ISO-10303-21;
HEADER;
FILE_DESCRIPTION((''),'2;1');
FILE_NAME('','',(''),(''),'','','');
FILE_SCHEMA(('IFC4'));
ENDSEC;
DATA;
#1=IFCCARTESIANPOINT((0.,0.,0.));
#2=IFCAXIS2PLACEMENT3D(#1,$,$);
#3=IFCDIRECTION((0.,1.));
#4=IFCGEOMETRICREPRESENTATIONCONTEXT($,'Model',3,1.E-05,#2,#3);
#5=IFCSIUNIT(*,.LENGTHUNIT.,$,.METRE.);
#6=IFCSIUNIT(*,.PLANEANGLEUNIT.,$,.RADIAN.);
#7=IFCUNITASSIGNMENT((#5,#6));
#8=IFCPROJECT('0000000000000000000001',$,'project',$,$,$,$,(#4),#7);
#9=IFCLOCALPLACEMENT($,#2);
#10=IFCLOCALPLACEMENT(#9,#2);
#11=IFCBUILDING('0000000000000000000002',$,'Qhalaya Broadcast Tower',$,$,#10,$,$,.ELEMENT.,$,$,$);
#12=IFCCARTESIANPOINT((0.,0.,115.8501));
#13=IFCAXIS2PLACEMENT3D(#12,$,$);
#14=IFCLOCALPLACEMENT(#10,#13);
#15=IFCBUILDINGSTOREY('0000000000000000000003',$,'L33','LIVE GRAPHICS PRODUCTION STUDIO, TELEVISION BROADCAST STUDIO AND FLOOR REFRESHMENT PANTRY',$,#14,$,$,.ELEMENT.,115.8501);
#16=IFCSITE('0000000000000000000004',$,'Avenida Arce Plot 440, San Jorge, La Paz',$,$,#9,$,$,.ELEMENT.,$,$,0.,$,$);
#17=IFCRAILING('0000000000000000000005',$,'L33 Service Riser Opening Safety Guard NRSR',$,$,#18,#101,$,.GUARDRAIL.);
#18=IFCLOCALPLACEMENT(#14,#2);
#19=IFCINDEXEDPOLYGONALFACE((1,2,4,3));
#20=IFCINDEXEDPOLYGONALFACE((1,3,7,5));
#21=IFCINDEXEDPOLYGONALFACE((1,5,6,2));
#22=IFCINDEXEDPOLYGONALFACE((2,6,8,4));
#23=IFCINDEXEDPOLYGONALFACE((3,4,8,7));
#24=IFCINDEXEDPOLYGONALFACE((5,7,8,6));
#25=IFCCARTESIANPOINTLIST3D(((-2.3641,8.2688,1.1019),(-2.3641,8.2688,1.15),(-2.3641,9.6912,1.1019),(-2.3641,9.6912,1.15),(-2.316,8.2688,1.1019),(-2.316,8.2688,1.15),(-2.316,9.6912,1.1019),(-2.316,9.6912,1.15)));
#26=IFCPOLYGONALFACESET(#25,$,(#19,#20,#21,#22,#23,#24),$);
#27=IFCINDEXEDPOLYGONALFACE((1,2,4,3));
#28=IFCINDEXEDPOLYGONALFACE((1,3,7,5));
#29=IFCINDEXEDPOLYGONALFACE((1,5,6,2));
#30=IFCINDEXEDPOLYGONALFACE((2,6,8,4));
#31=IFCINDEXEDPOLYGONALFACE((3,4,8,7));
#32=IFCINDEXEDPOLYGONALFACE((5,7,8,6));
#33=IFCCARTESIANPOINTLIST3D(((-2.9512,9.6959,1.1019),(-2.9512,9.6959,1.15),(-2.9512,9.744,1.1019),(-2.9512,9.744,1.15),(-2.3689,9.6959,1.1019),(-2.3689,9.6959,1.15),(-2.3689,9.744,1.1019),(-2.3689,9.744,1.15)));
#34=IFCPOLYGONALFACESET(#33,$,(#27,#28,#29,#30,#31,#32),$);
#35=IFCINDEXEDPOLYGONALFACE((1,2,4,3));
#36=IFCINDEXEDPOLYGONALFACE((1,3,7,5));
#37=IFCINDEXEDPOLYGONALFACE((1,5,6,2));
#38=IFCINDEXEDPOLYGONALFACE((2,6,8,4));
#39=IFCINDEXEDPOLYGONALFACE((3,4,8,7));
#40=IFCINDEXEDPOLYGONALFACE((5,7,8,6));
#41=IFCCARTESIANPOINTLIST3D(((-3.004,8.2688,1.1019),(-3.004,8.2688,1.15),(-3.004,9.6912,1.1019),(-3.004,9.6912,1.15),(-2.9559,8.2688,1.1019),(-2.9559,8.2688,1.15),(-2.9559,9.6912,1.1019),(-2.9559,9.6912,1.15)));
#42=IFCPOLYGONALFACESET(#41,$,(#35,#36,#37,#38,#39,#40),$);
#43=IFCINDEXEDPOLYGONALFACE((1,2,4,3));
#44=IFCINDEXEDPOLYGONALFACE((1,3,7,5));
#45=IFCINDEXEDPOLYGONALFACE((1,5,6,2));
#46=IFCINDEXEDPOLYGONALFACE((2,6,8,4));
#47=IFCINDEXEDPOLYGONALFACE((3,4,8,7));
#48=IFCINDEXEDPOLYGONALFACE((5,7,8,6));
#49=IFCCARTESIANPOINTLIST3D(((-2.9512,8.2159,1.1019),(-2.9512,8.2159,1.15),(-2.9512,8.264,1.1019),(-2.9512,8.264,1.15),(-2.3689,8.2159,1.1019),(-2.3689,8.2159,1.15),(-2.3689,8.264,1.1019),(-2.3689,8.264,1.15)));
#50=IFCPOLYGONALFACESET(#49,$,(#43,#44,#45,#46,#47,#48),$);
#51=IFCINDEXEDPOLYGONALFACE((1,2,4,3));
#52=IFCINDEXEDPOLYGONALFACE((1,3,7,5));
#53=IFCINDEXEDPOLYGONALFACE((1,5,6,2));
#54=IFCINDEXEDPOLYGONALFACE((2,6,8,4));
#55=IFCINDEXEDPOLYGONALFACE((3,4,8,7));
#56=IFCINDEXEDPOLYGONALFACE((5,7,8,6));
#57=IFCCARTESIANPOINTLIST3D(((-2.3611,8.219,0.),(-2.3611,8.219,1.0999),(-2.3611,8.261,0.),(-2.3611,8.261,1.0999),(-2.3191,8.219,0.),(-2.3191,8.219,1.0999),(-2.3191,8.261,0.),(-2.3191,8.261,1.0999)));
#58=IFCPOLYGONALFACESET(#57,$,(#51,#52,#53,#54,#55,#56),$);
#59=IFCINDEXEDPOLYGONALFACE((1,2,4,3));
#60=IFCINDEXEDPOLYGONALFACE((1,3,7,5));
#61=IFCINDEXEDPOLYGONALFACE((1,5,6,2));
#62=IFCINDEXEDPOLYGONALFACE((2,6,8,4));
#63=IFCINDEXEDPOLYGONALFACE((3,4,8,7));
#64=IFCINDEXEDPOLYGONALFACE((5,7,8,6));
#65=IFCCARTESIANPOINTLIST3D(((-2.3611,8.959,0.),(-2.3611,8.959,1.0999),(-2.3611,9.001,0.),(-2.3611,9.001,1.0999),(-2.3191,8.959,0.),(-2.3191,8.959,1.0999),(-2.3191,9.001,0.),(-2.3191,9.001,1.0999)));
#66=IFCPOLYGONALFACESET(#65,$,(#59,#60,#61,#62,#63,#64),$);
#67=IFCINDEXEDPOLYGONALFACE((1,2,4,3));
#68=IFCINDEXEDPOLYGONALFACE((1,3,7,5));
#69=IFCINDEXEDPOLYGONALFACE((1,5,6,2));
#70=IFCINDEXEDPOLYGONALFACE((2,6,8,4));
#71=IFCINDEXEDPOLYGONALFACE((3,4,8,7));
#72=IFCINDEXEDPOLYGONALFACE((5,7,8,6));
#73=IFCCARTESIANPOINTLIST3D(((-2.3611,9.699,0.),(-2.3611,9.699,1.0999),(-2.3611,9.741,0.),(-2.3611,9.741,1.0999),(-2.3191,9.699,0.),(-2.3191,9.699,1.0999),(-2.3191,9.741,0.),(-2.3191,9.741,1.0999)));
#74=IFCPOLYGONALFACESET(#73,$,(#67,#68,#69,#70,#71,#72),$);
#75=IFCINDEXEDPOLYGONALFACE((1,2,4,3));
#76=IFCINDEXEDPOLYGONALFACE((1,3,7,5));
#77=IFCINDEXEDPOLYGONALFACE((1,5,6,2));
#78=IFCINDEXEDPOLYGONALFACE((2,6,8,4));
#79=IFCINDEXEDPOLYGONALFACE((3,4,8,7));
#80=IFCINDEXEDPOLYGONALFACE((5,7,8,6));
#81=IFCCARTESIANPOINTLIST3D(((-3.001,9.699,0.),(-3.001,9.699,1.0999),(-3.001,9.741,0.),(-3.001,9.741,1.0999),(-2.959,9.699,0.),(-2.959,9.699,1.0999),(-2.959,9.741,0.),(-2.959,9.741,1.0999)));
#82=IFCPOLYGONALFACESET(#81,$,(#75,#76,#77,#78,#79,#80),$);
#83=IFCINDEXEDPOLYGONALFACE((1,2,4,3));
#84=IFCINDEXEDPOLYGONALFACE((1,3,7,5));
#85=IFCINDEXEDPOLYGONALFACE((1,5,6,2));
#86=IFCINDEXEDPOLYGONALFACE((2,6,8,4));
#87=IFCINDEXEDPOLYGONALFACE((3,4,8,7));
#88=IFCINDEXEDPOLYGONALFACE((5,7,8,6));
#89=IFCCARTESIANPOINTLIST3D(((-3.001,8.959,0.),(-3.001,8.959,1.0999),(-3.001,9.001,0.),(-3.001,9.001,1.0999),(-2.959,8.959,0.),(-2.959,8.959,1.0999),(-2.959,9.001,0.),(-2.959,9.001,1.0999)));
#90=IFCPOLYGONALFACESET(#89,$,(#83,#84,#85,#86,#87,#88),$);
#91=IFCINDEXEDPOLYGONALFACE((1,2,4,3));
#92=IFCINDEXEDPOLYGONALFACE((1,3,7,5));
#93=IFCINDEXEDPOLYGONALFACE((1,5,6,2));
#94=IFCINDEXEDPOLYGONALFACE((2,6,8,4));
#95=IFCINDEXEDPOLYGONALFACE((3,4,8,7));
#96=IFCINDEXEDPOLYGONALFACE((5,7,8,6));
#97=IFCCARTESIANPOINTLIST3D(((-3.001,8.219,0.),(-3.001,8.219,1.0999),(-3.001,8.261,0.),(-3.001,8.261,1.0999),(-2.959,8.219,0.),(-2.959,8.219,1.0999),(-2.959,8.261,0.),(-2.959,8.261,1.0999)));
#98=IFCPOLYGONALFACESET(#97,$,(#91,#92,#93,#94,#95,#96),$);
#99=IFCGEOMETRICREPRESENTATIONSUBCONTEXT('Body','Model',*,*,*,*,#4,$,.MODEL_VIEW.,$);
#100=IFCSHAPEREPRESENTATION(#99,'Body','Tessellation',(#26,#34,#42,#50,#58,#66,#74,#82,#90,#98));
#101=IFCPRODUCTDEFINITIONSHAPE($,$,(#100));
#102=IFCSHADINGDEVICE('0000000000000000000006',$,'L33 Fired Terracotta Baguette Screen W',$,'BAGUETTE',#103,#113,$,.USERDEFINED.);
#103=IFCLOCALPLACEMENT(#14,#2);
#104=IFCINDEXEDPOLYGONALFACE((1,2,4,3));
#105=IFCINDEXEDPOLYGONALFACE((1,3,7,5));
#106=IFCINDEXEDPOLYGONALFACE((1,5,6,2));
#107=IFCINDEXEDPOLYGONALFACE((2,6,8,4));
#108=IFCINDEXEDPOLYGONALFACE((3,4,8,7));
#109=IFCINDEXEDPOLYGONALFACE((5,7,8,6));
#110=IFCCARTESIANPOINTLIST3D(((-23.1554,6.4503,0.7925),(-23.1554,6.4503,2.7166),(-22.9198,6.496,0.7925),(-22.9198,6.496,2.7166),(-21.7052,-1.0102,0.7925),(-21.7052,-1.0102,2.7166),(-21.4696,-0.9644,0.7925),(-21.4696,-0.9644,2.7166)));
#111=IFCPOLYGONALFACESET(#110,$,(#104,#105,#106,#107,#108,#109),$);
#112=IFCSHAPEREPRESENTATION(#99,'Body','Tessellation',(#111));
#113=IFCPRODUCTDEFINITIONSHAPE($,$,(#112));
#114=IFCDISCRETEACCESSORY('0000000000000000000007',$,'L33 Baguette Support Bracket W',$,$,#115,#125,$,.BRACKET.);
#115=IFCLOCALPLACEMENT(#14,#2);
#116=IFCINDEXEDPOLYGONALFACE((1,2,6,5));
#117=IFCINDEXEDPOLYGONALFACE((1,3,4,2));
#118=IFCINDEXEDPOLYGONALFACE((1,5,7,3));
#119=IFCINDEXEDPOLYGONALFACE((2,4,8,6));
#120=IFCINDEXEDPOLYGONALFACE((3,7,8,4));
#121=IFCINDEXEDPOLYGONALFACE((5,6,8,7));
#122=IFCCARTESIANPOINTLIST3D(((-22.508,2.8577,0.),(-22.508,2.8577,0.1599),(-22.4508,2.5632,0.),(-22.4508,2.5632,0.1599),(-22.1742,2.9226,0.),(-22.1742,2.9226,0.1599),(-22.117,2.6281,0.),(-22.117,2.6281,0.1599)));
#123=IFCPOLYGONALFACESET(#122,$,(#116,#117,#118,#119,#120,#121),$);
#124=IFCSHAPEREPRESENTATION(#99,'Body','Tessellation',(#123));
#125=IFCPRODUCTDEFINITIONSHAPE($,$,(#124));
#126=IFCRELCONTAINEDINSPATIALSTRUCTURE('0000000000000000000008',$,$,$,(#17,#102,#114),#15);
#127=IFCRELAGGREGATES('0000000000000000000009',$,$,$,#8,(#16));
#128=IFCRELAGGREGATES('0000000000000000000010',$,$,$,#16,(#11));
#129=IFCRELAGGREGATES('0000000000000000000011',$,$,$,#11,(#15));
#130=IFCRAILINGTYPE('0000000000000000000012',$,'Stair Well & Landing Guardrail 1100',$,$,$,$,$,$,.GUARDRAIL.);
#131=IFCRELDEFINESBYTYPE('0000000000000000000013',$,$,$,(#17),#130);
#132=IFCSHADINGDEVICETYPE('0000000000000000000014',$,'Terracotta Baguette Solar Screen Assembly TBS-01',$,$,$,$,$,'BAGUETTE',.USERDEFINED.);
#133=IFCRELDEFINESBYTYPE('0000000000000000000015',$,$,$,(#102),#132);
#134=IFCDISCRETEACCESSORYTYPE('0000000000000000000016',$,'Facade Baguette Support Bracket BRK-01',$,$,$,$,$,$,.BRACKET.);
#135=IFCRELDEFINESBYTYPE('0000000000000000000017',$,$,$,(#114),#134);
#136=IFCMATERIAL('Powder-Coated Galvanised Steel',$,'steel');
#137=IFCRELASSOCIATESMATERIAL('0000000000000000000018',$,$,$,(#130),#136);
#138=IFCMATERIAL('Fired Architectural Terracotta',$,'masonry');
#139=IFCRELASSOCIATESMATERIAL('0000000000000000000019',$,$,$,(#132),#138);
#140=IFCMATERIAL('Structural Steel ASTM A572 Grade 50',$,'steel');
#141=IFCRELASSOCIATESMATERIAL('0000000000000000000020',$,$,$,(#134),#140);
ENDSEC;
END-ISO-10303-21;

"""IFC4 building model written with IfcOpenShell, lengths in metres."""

from ifc_helpers import new_model, si_unit, direction, frame, origin, origin_2d, place, context, subcontext, project, spatial, rectangle, extrude, material, type_object, element, save


model = new_model("IFC4")

# Units and contexts
model_context = context("Model", 3, precision=1e-05, world=origin(), true_north=direction((0.0, 1.0)))
body_context = subcontext(model_context, "Body", "Model", "MODEL_VIEW")
ifc_project = project(units=[si_unit("LENGTHUNIT", "METRE"), si_unit("PLANEANGLEUNIT", "RADIAN")], contexts=[model_context])

# Site, building, storey
site_placement = place(None, origin())
site = spatial("IfcSite", under=ifc_project, at=site_placement, Name="Avenida Arce Plot 440, San Jorge, La Paz", CompositionType="ELEMENT", RefElevation=0.0)
building_placement = place(site_placement, origin())
building = spatial("IfcBuilding", under=site, at=building_placement, Name="Qhalaya Broadcast Tower", CompositionType="ELEMENT")
storey_placement = place(building_placement, frame((0.0, 0.0, 115.8501)))
storey = spatial("IfcBuildingStorey", under=building, at=storey_placement, Name="L33", Description="LIVE GRAPHICS PRODUCTION STUDIO, TELEVISION BROADCAST STUDIO AND FLOOR REFRESHMENT PANTRY", CompositionType="ELEMENT", Elevation=115.8501)

# Shared definitions
ifc_material_1 = material(Name="Structural Steel ASTM A572 Grade 50", Category="steel")

# Railing
ifc_material_2 = material(Name="Powder-Coated Galvanised Steel", Category="steel")
railing_type = type_object("IfcRailingType", Name="Stair Well & Landing Guardrail 1100", PredefinedType="GUARDRAIL", material=ifc_material_2)
railing_placement = place(storey_placement, frame((-2.3401, 8.24, 0.0)))
element("IfcRailing", 1, at=railing_placement, inside=storey, type_object=railing_type, Name="L33 Service Riser Opening Safety Guard NRSR", PredefinedType="GUARDRAIL", context=body_context, shape_type="SweptSolid", body=[
    extrude(rectangle(XDim=0.0481, YDim=0.0481, at=origin_2d()), frame((0.0, 0.0288, 1.126), z_axis=(0.0, 1.0, 0.0), x_axis=(-1.0, 0.0, 0.0)), (0.0, 0.0, 1.0), 1.4224),
    extrude(rectangle(XDim=0.0481, YDim=0.0481, at=origin_2d()), frame((-0.0288, 1.48, 1.126), z_axis=(-1.0, 0.0, 0.0), x_axis=(0.0, -1.0, 0.0)), (0.0, 0.0, 1.0), 0.5823),
    extrude(rectangle(XDim=0.0481, YDim=0.0481, at=origin_2d()), frame((-0.6399, 1.4512, 1.126), z_axis=(0.0, -1.0, 0.0), x_axis=(1.0, 0.0, 0.0)), (0.0, 0.0, 1.0), 1.4224),
    extrude(rectangle(XDim=0.0481, YDim=0.0481, at=origin_2d()), frame((-0.6111, 0.0, 1.126), z_axis=(1.0, 0.0, 0.0), x_axis=(0.0, 1.0, 0.0)), (0.0, 0.0, 1.0), 0.5823),
    extrude(rectangle(XDim=0.042, YDim=0.042, at=origin_2d()), origin(), (0.0, 0.0, 1.0), 1.0999),
    extrude(rectangle(XDim=0.042, YDim=0.042, at=origin_2d()), frame((0.0, 0.74, 0.0)), (0.0, 0.0, 1.0), 1.0999),
    extrude(rectangle(XDim=0.042, YDim=0.042, at=origin_2d()), frame((0.0, 1.48, 0.0)), (0.0, 0.0, 1.0), 1.0999),
    extrude(rectangle(XDim=0.042, YDim=0.042, at=origin_2d()), frame((-0.6399, 1.48, 0.0)), (0.0, 0.0, 1.0), 1.0999),
    extrude(rectangle(XDim=0.042, YDim=0.042, at=origin_2d()), frame((-0.6399, 0.74, 0.0)), (0.0, 0.0, 1.0), 1.0999),
    extrude(rectangle(XDim=0.042, YDim=0.042, at=origin_2d()), frame((-0.6399, 0.0, 0.0)), (0.0, 0.0, 1.0), 1.0999),
])

# Shading device
ifc_material_3 = material(Name="Fired Architectural Terracotta", Category="masonry")
shading_device_type = type_object("IfcShadingDeviceType", Name="Terracotta Baguette Solar Screen Assembly TBS-01", ElementType="BAGUETTE", PredefinedType="USERDEFINED", material=ifc_material_3)
shading_device_placement = place(storey_placement, frame((-22.3125, 2.7429, 0.7925), z_axis=(0.0, 0.0, 1.0), x_axis=(0.190809, -0.981627, 0.0)))
element("IfcShadingDevice", 2, at=shading_device_placement, inside=storey, type_object=shading_device_type, Name="L33 Fired Terracotta Baguette Screen W", ObjectType="BAGUETTE", PredefinedType="USERDEFINED", context=body_context, shape_type="SweptSolid", body=[
    extrude(rectangle(XDim=7.6001, YDim=0.24, at=origin_2d()), origin(), (0.0, 0.0, 1.0), 1.9241),
])

# Discrete accessory
discrete_accessory_type = type_object("IfcDiscreteAccessoryType", Name="Facade Baguette Support Bracket BRK-01", PredefinedType="BRACKET", material=ifc_material_1)
discrete_accessory_placement = place(storey_placement, frame((-22.3125, 2.7429, 0.0), z_axis=(0.0, 0.0, 1.0), x_axis=(0.190809, -0.981627, 0.0)))
element("IfcDiscreteAccessory", 3, at=discrete_accessory_placement, inside=storey, type_object=discrete_accessory_type, Name="L33 Baguette Support Bracket W", PredefinedType="BRACKET", context=body_context, shape_type="SweptSolid", body=[
    extrude(rectangle(XDim=0.3, YDim=0.3401, at=origin_2d()), origin(), (0.0, 0.0, 1.0), 0.1599),
])

save(model, "model.ifc")
